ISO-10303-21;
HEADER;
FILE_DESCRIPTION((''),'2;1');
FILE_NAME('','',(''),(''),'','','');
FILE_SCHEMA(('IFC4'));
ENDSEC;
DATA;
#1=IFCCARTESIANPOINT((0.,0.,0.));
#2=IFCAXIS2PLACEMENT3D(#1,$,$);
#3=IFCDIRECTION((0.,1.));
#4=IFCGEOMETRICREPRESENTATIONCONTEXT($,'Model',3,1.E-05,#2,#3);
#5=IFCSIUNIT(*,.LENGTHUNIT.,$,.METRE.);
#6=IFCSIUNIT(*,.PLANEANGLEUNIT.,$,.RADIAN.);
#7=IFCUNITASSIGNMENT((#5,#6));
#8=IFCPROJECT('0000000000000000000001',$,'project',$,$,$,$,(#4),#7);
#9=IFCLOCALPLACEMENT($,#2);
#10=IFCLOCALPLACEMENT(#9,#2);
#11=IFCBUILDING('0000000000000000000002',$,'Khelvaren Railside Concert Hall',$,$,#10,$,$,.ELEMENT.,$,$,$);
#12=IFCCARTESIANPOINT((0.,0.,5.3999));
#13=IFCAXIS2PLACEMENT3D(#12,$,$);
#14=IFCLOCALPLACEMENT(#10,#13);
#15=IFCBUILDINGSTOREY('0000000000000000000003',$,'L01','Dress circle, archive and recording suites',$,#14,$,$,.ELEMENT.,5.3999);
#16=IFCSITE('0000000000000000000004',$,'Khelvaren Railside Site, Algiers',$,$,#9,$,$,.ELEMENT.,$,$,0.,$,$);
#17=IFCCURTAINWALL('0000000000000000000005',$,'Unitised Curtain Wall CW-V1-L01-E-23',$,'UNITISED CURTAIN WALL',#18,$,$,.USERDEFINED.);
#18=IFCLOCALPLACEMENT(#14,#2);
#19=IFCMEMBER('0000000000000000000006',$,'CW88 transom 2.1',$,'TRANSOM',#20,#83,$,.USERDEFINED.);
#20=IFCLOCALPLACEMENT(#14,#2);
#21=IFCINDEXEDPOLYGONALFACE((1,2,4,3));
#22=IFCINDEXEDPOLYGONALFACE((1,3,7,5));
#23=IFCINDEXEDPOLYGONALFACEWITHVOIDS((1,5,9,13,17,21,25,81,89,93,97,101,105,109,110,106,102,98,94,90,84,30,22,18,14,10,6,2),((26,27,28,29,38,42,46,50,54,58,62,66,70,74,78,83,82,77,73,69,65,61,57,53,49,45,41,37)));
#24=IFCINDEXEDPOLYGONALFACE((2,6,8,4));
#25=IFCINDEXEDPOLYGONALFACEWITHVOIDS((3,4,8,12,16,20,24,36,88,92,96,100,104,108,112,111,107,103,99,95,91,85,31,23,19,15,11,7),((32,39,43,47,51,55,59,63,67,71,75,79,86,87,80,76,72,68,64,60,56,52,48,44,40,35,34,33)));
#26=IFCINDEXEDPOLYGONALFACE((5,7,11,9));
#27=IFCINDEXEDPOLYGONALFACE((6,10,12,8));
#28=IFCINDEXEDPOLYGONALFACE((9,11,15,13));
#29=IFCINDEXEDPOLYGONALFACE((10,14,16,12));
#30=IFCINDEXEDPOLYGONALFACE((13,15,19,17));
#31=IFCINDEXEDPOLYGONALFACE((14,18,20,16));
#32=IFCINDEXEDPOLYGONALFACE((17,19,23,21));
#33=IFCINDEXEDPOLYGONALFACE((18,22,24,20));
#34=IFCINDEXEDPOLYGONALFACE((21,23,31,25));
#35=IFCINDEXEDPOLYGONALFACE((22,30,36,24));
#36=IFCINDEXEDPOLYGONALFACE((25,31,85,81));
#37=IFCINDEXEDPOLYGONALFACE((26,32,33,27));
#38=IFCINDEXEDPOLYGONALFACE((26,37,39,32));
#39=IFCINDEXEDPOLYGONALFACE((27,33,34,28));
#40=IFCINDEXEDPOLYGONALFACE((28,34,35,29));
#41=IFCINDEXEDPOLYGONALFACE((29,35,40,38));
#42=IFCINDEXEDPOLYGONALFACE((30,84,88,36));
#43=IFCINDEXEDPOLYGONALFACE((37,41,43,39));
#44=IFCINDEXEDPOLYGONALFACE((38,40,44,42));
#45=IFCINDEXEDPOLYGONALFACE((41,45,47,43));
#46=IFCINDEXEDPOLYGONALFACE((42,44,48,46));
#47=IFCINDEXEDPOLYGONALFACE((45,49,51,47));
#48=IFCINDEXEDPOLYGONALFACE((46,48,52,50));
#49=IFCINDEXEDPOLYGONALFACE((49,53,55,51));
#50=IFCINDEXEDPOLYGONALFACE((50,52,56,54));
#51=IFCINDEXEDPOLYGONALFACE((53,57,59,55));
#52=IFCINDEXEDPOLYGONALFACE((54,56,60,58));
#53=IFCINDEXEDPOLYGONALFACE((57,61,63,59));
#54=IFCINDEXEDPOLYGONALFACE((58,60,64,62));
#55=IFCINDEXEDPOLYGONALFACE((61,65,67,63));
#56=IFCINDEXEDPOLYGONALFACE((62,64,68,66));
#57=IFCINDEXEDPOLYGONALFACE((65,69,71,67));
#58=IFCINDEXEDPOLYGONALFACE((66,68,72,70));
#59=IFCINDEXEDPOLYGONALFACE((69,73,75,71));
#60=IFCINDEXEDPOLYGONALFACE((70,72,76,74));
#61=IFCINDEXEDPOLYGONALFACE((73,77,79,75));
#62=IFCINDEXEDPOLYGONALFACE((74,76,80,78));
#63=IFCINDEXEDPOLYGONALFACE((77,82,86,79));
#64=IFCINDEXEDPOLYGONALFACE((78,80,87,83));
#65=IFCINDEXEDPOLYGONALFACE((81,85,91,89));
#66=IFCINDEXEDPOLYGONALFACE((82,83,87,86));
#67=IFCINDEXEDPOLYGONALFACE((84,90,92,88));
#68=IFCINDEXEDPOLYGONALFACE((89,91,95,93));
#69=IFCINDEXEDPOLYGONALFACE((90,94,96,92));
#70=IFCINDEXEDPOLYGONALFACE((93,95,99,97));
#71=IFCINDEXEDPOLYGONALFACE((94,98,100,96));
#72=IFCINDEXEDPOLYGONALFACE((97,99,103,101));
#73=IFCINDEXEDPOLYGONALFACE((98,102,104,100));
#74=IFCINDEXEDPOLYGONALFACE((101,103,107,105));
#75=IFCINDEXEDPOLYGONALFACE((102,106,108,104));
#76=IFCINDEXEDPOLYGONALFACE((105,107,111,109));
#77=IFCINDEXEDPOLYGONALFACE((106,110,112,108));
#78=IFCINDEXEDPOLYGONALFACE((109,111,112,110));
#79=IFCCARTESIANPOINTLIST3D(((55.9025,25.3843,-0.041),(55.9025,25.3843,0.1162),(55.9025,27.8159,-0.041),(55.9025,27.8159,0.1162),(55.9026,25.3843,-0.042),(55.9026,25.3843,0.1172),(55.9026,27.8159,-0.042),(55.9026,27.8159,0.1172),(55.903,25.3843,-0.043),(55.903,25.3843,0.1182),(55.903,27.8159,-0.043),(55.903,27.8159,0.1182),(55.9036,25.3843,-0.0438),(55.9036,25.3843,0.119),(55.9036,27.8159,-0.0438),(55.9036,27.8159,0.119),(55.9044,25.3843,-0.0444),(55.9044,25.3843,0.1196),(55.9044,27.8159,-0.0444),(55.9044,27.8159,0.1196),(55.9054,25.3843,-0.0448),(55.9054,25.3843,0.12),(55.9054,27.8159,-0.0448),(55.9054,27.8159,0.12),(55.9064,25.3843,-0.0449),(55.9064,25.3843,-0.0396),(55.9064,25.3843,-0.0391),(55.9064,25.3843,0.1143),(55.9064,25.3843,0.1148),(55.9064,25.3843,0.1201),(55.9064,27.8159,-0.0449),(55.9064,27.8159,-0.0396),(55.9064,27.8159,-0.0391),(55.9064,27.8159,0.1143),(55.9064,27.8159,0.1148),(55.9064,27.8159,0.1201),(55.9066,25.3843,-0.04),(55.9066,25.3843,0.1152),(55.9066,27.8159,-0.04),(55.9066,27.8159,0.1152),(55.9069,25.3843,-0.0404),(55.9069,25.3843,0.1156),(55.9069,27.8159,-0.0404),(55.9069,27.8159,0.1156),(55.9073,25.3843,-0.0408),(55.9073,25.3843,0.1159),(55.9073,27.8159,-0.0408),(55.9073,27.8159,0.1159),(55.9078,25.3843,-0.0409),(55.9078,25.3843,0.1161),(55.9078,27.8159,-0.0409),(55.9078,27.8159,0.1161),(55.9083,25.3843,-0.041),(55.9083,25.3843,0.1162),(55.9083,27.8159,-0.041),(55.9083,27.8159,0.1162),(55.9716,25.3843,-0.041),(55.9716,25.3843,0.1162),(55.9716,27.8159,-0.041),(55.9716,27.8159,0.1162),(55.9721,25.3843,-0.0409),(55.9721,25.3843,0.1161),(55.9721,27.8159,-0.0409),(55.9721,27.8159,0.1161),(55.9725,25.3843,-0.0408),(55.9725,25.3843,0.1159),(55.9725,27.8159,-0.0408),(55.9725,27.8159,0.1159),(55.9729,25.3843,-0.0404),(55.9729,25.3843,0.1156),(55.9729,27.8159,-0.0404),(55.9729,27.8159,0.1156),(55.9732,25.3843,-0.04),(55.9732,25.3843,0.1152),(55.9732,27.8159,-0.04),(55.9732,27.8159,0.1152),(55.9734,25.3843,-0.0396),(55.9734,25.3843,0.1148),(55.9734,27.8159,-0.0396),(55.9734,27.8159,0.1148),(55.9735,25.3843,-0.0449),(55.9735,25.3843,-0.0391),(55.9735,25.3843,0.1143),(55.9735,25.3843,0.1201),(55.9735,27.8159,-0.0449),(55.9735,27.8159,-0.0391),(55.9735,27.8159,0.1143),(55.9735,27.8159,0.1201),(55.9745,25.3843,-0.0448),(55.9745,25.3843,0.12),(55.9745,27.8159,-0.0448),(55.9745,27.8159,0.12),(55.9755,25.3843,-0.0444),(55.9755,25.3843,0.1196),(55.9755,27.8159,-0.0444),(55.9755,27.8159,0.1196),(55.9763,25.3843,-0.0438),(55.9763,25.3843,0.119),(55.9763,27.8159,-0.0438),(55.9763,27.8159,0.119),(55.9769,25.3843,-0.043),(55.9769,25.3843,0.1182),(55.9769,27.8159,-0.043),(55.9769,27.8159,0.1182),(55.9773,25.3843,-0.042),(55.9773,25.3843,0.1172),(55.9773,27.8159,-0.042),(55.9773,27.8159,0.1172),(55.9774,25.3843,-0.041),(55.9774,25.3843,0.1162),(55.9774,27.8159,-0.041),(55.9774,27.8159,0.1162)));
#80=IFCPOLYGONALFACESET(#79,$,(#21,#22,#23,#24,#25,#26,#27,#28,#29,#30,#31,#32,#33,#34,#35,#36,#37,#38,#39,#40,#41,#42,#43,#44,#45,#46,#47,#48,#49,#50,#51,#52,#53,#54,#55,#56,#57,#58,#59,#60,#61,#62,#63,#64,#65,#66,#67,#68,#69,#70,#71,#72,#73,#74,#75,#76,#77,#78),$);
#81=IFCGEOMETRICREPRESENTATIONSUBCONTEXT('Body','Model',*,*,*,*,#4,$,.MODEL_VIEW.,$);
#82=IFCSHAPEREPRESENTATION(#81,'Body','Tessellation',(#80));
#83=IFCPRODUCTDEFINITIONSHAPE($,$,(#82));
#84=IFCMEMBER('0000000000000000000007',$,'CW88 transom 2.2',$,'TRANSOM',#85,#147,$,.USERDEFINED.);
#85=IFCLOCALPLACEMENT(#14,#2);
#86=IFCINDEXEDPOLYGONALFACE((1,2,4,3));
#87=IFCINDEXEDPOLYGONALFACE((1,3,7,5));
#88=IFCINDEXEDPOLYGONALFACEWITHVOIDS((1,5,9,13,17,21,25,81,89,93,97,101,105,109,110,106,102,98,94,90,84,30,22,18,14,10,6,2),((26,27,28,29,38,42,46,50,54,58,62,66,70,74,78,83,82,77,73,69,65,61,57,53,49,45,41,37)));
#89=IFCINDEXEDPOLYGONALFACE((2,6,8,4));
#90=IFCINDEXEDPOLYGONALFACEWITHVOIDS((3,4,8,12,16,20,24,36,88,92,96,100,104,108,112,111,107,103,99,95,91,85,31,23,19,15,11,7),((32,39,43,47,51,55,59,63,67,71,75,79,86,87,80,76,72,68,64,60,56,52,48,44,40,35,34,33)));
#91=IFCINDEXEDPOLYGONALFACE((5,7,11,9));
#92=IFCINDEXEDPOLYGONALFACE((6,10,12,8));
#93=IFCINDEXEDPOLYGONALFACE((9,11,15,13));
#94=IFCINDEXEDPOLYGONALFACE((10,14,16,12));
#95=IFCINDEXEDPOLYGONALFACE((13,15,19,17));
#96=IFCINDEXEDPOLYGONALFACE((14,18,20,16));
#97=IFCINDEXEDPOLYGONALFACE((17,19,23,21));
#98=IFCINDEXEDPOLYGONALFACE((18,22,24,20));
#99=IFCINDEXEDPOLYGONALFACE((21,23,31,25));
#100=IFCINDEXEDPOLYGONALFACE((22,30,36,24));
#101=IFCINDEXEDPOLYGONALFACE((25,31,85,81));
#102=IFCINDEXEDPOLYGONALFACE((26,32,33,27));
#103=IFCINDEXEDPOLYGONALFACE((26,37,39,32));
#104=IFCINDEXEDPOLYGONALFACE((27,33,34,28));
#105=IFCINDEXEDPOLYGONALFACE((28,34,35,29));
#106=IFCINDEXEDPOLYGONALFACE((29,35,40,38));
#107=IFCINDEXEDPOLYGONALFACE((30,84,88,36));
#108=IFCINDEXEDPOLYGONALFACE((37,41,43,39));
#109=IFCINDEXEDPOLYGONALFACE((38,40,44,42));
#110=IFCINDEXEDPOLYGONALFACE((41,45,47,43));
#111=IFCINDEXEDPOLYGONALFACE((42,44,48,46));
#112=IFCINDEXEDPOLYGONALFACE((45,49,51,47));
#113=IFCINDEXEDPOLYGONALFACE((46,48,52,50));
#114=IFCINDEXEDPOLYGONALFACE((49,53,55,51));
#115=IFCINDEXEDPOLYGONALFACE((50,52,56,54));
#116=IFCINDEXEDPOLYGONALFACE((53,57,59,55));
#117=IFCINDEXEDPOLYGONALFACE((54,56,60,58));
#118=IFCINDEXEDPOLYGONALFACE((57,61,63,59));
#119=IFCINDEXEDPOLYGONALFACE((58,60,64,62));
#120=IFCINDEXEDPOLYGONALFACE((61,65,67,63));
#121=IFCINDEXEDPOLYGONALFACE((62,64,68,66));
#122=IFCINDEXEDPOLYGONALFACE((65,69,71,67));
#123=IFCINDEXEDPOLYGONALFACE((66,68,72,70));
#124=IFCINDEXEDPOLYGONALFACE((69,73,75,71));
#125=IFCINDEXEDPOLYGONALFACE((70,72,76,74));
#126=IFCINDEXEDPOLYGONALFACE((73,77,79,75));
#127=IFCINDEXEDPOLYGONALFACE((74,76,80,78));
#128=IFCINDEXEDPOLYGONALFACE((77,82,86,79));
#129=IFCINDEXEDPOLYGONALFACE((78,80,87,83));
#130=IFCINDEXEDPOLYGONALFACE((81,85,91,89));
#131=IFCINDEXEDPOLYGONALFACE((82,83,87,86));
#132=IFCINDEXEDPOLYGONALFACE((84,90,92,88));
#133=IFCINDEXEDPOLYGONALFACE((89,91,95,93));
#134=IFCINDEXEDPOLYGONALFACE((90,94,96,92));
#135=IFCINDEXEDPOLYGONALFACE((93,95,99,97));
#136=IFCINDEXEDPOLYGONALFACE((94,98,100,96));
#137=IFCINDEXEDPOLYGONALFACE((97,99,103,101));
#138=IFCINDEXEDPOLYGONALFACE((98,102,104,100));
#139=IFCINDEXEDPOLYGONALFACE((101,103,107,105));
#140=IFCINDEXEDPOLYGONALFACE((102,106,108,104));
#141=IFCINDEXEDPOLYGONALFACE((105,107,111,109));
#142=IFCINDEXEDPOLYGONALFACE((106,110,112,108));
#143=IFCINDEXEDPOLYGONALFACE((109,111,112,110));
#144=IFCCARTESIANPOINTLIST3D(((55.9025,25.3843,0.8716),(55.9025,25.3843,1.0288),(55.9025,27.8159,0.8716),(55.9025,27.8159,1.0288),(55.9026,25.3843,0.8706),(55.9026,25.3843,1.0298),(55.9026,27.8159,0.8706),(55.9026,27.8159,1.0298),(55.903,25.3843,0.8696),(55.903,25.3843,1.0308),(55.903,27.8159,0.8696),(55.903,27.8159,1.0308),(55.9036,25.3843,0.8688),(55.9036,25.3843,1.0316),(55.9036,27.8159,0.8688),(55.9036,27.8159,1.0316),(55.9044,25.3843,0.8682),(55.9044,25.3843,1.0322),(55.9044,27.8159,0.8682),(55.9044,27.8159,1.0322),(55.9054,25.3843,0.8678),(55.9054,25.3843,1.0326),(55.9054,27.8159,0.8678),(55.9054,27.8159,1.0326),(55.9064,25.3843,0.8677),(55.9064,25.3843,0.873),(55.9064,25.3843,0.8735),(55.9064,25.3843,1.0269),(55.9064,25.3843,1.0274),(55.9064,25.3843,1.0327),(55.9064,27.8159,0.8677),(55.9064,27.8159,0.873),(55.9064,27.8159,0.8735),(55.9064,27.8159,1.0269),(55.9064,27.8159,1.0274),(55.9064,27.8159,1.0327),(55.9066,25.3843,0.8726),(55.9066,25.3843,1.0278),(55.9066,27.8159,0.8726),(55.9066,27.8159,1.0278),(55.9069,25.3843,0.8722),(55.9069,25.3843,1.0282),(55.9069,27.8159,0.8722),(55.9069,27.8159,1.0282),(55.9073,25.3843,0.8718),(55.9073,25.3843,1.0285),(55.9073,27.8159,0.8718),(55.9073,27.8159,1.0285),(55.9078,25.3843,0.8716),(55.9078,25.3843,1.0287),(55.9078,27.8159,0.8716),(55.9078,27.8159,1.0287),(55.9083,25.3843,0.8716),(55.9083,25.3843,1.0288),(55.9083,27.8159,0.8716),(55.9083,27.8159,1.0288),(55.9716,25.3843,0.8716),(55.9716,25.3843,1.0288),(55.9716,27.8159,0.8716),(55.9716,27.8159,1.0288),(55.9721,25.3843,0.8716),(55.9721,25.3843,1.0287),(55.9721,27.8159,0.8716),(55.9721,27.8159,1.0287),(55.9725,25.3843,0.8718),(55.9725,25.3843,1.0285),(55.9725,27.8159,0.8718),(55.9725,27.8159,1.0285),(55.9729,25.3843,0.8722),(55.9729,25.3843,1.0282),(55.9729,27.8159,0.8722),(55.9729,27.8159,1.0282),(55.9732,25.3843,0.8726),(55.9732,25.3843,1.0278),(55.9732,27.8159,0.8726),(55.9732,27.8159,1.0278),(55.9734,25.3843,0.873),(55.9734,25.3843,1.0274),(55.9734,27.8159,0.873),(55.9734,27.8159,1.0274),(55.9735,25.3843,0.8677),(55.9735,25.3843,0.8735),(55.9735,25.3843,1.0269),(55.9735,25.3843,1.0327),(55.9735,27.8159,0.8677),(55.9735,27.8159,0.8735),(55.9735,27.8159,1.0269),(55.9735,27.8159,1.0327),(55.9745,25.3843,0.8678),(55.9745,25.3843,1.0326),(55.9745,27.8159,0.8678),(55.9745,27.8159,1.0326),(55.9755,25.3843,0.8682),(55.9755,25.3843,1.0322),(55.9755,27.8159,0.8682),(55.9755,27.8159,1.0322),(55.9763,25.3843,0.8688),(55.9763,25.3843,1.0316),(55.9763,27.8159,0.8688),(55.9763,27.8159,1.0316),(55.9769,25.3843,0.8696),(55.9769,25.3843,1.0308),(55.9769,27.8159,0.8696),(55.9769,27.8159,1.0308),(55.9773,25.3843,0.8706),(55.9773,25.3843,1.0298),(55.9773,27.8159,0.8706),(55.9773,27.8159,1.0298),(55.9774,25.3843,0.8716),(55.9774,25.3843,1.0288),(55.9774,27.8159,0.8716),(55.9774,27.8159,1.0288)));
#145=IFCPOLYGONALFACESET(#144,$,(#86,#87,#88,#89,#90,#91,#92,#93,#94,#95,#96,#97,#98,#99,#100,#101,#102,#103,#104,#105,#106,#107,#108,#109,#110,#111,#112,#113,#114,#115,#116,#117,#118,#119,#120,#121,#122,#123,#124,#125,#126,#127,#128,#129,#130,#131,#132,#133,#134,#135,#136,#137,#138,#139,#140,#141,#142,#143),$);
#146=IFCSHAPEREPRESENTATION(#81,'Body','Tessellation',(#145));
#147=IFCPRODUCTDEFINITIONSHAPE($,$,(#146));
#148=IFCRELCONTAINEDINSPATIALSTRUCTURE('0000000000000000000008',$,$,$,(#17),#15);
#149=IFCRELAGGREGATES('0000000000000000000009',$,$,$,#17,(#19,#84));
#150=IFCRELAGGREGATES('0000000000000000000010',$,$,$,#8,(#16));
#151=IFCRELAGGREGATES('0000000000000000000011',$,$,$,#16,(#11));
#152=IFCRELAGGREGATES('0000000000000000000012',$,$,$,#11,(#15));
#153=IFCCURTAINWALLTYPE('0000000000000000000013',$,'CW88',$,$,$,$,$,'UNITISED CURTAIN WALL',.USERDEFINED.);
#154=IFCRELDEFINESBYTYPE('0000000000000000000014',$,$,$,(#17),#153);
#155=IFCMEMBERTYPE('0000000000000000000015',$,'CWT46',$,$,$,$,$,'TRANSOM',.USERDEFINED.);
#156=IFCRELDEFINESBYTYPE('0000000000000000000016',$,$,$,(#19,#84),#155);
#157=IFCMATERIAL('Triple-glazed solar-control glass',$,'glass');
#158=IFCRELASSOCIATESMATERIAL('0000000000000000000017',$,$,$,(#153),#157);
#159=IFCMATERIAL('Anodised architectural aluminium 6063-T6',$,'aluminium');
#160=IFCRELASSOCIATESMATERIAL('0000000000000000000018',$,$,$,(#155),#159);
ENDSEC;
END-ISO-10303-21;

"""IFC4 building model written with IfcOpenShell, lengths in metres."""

from ifc_helpers import new_model, si_unit, direction, frame, origin, origin_2d, place, context, subcontext, project, spatial, hollow_rectangle, extrude, material, material_profile, profile_set, type_object, element, aggregate, save


model = new_model("IFC4")

# Units and contexts
model_context = context("Model", 3, precision=1e-05, world=origin(), true_north=direction((0.0, 1.0)))
body_context = subcontext(model_context, "Body", "Model", "MODEL_VIEW")
ifc_project = project(units=[si_unit("LENGTHUNIT", "METRE"), si_unit("PLANEANGLEUNIT", "RADIAN")], contexts=[model_context])

# Site, building, storey
site_placement = place(None, origin())
site = spatial("IfcSite", under=ifc_project, at=site_placement, Name="Khelvaren Railside Site, Algiers", CompositionType="ELEMENT", RefElevation=0.0)
building_placement = place(site_placement, origin())
building = spatial("IfcBuilding", under=site, at=building_placement, Name="Khelvaren Railside Concert Hall", CompositionType="ELEMENT")
storey_placement = place(building_placement, frame((0.0, 0.0, 5.3999)))
storey = spatial("IfcBuildingStorey", under=building, at=storey_placement, Name="L01", Description="Dress circle, archive and recording suites", CompositionType="ELEMENT", Elevation=5.3999)

# Curtain wall
ifc_material_1 = material(Name="Triple-glazed solar-control glass", Category="glass")
curtain_wall_type_1 = type_object("IfcCurtainWallType", Name="CW88", ElementType="UNITISED CURTAIN WALL", PredefinedType="USERDEFINED", material=ifc_material_1)
curtain_wall_1_placement = place(storey_placement, origin())
curtain_wall_1 = element("IfcCurtainWall", 1, at=curtain_wall_1_placement, inside=storey, type_object=curtain_wall_type_1, Name="Unitised Curtain Wall CW-V1-L01-E-23", ObjectType="UNITISED CURTAIN WALL", PredefinedType="USERDEFINED")
ifc_material_2 = material(Name="Anodised architectural aluminium 6063-T6", Category="aluminium")

# Members
ifc_material_profile_1 = material_profile(ifc_material_2, hollow_rectangle(XDim=0.075, YDim=0.165, WallThickness=0.0039, InnerFilletRadius=0.002, OuterFilletRadius=0.0039, at=origin_2d()), Name="CWT 75x165x4")
ifc_profile_set_1 = profile_set([ifc_material_profile_1], Name="Anodised architectural aluminium 6063-T6")
member_type_1 = type_object("IfcMemberType", Name="CWT46", ElementType="TRANSOM", PredefinedType="USERDEFINED", material=ifc_profile_set_1)
member_1_placement = place(storey_placement, frame((55.9399, 27.8159, 0.0376), z_axis=(0.0, -1.0, 0.0), x_axis=(1.0, 0.0, 0.0)))
member_1 = element("IfcMember", 2, at=member_1_placement, type_object=member_type_1, Name="CW88 transom 2.1", ObjectType="TRANSOM", PredefinedType="USERDEFINED", context=body_context, shape_type="SweptSolid", body=[
    extrude(hollow_rectangle(XDim=0.075, YDim=0.165, WallThickness=0.0039, InnerFilletRadius=0.002, OuterFilletRadius=0.0039, at=origin_2d()), origin(), (0.0, 0.0, 1.0), 2.4316),
])
member_2_placement = place(storey_placement, frame((55.9399, 27.8159, 0.9502), z_axis=(0.0, -1.0, 0.0), x_axis=(1.0, 0.0, 0.0)))
member_2 = element("IfcMember", 3, at=member_2_placement, type_object=member_type_1, Name="CW88 transom 2.2", ObjectType="TRANSOM", PredefinedType="USERDEFINED", context=body_context, shape_type="SweptSolid", body=[
    extrude(hollow_rectangle(XDim=0.075, YDim=0.165, WallThickness=0.0039, InnerFilletRadius=0.002, OuterFilletRadius=0.0039, at=origin_2d()), origin(), (0.0, 0.0, 1.0), 2.4316),
])

aggregate(curtain_wall_1, [member_1, member_2])

save(model, "model.ifc")
